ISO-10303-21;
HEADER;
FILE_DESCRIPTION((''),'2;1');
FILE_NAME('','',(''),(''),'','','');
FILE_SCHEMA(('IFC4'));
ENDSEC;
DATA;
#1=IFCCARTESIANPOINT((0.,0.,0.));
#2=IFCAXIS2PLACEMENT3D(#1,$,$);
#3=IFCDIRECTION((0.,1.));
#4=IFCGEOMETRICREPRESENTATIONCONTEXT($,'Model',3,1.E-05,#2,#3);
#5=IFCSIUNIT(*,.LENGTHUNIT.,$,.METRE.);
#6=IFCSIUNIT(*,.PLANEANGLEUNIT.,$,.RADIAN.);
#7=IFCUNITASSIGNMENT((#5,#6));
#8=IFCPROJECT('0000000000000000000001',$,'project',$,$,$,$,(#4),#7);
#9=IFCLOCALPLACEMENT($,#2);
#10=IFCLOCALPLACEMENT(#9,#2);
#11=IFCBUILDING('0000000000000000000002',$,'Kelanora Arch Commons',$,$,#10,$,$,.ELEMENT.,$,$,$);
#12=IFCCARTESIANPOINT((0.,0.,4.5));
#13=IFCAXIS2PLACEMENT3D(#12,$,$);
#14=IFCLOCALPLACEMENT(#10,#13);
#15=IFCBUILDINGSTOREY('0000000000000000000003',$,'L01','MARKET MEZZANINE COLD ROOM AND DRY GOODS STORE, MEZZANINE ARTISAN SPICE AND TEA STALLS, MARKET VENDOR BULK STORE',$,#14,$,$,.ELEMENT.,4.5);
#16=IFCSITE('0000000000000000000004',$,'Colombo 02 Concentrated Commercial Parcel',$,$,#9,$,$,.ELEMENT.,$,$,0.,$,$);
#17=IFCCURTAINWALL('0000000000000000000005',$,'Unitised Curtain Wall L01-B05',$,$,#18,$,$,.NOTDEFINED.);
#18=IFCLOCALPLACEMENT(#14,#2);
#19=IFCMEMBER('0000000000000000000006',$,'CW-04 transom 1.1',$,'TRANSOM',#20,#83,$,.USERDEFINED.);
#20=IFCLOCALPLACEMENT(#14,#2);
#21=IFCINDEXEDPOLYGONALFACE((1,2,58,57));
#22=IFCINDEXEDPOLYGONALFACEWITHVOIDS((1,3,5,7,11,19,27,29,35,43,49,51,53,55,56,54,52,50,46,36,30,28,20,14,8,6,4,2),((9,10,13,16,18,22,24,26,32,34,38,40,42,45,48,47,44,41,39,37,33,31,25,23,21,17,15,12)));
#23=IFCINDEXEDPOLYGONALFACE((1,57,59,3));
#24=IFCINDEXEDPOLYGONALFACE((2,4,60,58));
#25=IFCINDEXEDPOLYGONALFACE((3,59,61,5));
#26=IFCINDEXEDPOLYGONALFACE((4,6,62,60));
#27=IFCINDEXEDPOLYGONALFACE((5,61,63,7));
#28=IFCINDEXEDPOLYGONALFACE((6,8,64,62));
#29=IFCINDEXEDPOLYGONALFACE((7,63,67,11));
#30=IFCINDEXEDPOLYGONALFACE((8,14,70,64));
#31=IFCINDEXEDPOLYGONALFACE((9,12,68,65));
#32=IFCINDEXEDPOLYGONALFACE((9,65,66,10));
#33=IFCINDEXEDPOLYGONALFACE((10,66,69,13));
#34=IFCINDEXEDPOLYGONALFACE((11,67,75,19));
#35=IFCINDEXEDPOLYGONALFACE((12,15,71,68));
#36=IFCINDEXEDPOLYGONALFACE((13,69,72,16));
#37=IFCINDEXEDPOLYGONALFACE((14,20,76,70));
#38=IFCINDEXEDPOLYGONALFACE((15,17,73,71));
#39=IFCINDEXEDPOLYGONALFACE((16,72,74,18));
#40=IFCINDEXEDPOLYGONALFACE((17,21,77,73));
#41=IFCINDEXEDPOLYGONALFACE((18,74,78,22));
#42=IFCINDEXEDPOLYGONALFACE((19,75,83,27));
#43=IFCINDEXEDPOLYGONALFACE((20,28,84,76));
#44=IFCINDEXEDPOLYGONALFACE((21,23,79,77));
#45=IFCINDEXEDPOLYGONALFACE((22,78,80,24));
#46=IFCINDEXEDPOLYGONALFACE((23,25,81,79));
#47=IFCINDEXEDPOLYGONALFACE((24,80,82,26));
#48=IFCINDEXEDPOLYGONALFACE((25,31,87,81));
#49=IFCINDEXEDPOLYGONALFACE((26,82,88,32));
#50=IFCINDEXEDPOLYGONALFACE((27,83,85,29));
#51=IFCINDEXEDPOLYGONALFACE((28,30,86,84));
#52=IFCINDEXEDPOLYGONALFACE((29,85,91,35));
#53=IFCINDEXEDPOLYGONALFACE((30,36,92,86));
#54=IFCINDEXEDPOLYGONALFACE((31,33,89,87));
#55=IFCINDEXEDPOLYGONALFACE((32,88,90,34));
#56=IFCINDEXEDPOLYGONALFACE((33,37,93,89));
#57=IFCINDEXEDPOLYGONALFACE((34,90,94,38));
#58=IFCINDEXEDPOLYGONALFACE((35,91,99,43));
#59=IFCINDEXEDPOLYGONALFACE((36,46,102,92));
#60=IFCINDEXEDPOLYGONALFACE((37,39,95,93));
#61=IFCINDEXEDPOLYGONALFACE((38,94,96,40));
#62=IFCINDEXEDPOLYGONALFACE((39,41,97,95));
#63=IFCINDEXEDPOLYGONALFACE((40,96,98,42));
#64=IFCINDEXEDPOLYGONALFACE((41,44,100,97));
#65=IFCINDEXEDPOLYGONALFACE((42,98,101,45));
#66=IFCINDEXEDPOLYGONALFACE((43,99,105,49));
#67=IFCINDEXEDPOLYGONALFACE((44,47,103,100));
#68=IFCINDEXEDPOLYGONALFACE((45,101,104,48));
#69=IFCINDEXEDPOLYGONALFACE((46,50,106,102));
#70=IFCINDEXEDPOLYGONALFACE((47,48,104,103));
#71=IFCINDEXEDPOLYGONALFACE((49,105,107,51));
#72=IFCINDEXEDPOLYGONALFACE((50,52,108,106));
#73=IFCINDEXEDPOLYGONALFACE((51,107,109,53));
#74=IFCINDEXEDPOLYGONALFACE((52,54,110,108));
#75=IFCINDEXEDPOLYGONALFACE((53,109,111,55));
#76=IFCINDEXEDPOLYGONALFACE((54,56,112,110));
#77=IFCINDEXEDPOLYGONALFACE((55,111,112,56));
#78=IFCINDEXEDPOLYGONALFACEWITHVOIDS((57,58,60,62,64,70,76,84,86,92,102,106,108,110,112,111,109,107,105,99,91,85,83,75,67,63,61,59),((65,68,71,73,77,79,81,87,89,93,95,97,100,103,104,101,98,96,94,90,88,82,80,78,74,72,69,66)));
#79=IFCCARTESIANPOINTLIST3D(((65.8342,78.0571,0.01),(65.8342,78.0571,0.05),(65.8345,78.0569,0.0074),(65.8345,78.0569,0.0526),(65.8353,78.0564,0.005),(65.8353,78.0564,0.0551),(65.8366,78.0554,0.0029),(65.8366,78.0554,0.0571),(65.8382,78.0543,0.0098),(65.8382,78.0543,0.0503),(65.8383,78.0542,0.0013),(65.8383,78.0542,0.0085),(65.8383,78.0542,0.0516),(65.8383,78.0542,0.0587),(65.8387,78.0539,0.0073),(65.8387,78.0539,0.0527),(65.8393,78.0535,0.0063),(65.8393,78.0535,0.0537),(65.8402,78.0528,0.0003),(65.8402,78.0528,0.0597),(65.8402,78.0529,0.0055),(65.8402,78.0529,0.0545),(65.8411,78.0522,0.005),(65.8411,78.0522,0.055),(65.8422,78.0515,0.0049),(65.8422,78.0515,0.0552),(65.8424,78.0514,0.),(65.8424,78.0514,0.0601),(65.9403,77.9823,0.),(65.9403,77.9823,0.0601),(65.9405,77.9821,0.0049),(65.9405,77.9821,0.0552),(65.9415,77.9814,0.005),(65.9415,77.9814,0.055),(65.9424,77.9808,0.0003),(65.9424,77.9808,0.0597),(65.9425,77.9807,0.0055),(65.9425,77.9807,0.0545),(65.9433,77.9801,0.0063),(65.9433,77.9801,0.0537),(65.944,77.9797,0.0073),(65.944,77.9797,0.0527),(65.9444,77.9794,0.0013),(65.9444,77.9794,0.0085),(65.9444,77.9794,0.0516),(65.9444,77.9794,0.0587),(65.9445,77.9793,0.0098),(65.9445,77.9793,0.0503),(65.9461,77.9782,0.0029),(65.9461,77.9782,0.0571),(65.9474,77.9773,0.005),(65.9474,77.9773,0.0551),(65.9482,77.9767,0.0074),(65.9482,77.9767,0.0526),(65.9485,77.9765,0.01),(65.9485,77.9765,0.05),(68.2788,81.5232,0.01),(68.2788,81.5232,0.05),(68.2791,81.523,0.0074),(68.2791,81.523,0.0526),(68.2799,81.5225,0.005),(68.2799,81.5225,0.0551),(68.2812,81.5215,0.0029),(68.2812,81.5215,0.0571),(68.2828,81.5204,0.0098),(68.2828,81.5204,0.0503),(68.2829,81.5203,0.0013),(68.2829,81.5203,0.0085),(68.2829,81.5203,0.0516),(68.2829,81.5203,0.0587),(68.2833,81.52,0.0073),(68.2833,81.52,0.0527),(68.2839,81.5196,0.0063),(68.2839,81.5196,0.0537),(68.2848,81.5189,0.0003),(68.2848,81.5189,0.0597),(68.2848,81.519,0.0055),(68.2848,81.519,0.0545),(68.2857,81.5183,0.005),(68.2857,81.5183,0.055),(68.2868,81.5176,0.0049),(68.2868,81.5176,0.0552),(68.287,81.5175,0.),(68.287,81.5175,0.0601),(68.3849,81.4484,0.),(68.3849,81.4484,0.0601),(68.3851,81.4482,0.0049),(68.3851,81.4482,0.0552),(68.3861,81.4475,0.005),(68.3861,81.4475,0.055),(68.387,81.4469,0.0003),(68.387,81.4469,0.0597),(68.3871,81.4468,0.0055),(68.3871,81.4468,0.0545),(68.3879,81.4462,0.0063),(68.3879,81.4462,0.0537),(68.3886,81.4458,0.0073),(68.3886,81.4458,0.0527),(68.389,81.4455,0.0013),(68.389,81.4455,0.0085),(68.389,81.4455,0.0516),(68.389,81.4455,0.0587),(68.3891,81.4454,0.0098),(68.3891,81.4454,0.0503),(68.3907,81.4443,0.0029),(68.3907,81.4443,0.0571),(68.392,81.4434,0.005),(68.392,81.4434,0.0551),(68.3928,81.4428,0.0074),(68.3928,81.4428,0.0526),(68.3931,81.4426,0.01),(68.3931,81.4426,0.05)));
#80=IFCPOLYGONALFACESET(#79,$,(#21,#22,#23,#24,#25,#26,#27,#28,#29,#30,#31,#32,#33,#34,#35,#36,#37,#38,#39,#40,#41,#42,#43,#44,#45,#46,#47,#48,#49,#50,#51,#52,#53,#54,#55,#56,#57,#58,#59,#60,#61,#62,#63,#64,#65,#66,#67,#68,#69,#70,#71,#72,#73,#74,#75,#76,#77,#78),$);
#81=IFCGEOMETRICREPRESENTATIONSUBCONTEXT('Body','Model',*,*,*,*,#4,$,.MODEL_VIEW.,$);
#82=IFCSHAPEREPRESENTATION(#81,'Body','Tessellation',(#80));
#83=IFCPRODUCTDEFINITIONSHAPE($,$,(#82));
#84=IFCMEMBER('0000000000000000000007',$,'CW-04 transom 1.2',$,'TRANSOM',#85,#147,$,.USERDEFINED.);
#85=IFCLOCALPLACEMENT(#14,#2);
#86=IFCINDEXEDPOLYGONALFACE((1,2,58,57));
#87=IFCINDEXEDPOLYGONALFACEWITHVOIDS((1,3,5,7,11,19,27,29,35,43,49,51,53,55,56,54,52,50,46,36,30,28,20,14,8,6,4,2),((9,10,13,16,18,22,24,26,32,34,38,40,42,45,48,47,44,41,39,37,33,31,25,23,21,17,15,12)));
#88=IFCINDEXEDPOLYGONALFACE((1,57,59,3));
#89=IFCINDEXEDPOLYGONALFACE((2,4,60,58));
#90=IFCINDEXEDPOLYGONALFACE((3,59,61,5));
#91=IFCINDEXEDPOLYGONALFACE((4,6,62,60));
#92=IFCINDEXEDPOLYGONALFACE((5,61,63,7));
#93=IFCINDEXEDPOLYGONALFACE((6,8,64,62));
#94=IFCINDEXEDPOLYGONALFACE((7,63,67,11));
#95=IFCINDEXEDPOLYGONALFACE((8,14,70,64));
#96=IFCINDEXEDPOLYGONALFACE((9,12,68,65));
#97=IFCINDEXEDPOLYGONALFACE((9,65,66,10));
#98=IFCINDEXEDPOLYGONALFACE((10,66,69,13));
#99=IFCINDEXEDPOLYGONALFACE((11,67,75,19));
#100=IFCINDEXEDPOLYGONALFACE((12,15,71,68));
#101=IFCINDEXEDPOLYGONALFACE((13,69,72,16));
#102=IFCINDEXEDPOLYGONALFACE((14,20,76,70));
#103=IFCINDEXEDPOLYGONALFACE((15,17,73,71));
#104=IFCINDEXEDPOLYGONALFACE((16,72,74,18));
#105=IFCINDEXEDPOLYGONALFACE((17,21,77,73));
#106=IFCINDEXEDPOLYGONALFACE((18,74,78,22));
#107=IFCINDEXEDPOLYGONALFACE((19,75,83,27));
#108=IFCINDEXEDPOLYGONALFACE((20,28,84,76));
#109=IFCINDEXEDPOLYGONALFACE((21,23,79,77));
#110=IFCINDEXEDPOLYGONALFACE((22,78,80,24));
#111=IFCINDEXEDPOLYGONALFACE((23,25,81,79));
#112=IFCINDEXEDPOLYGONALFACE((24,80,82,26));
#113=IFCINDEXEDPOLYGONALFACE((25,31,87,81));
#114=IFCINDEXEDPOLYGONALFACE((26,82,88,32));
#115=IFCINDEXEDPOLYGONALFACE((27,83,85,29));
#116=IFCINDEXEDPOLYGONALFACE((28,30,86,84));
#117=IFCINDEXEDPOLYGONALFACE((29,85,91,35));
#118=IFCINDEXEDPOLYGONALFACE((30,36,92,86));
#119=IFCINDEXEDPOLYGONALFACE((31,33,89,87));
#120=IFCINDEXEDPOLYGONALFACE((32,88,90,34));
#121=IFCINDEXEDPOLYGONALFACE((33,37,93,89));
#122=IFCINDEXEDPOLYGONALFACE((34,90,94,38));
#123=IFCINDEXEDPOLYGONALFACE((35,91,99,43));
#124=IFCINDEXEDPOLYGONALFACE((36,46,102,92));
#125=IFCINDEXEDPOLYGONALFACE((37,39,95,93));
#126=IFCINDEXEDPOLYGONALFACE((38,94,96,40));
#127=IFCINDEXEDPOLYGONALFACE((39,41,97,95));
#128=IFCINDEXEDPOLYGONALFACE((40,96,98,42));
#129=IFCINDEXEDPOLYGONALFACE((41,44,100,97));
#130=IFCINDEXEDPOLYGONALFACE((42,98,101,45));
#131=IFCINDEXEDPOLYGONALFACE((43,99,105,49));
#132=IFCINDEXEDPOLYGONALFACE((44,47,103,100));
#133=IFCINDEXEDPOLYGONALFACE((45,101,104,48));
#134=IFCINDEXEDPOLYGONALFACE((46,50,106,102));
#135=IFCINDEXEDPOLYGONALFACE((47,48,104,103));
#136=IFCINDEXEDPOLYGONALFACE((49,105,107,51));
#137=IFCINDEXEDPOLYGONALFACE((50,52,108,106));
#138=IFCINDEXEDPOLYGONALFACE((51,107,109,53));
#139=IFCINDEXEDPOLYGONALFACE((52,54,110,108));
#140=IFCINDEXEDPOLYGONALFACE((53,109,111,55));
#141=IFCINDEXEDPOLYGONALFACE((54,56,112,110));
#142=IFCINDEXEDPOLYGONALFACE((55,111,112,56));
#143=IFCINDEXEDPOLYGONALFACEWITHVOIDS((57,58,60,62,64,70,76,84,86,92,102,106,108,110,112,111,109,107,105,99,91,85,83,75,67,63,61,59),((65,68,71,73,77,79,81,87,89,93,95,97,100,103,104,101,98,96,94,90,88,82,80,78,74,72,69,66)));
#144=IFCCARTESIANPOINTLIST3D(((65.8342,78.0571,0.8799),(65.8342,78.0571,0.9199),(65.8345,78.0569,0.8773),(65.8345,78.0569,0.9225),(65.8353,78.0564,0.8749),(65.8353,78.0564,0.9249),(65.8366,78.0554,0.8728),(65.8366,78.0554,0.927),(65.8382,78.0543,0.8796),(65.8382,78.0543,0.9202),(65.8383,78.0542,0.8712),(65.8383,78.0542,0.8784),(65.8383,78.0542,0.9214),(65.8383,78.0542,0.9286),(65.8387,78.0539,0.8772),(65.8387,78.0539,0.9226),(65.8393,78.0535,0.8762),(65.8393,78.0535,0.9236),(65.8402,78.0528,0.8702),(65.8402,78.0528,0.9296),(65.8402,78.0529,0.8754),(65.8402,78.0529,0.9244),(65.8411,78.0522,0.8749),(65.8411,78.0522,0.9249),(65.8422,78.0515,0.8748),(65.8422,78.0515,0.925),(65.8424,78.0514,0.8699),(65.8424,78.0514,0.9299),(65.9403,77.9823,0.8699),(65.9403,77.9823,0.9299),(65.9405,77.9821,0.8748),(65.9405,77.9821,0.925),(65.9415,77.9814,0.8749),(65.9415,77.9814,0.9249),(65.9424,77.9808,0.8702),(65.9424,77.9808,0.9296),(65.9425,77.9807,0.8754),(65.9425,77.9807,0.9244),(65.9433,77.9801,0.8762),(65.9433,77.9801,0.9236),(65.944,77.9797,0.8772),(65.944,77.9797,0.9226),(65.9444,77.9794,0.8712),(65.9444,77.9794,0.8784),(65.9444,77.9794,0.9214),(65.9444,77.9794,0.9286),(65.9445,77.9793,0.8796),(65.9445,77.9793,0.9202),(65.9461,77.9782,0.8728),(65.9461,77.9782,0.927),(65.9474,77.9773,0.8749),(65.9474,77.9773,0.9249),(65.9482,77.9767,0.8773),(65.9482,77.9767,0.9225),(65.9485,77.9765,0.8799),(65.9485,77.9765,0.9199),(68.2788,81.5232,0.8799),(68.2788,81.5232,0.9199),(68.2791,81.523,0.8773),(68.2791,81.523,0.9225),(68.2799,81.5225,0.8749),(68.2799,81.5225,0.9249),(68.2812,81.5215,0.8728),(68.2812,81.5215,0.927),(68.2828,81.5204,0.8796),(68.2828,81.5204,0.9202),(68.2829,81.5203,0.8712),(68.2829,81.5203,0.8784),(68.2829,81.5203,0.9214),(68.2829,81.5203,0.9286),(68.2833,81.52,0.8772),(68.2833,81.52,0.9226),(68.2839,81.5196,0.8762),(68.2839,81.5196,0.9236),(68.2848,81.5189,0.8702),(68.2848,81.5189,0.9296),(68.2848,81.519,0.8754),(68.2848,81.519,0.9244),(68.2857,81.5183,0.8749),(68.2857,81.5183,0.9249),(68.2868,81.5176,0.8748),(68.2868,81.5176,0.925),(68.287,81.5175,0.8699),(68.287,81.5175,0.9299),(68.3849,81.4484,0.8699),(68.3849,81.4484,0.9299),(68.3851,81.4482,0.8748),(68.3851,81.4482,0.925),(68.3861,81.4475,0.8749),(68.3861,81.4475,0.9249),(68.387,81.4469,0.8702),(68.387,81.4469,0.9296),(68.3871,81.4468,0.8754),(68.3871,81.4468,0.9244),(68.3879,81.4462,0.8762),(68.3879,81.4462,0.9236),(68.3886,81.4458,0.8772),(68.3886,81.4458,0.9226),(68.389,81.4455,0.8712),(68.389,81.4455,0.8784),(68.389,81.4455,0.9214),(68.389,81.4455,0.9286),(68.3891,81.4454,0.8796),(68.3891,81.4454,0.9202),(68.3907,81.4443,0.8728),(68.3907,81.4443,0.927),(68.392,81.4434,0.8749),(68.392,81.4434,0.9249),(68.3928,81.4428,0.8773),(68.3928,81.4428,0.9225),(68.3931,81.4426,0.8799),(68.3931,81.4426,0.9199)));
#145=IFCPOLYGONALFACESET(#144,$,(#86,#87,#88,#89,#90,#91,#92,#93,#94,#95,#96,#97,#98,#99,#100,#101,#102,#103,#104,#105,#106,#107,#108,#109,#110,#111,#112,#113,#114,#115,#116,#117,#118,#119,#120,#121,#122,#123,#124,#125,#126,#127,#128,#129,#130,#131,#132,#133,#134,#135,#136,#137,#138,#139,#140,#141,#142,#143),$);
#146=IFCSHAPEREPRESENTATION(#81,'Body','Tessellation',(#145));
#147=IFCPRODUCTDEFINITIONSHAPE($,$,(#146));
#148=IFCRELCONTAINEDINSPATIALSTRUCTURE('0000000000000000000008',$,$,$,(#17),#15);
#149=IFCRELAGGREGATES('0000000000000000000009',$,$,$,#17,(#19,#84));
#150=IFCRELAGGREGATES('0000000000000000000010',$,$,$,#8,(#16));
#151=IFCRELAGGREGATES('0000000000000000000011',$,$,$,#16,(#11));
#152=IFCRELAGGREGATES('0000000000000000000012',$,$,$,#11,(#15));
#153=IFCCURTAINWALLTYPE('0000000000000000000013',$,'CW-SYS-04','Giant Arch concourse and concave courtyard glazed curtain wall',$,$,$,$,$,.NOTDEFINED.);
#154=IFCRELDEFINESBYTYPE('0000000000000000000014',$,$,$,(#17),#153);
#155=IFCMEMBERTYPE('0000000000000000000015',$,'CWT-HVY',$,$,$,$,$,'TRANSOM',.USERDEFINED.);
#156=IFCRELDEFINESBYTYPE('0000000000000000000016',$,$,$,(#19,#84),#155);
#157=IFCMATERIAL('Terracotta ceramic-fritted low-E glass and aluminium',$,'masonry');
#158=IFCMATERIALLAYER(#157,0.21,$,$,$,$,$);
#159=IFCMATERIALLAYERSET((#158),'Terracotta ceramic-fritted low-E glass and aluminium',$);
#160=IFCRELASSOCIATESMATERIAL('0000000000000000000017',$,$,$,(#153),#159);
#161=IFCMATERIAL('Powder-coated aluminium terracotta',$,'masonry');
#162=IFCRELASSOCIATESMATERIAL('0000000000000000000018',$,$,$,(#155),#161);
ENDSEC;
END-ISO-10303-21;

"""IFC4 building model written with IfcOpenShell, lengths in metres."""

from ifc_helpers import new_model, si_unit, direction, frame, origin, origin_2d, place, context, subcontext, project, spatial, hollow_rectangle, extrude, material, layer, layer_set, material_profile, profile_set, type_object, element, aggregate, save


model = new_model("IFC4")

# Units and contexts
model_context = context("Model", 3, precision=1e-05, world=origin(), true_north=direction((0.0, 1.0)))
body_context = subcontext(model_context, "Body", "Model", "MODEL_VIEW")
ifc_project = project(units=[si_unit("LENGTHUNIT", "METRE"), si_unit("PLANEANGLEUNIT", "RADIAN")], contexts=[model_context])

# Site, building, storey
site_placement = place(None, origin())
site = spatial("IfcSite", under=ifc_project, at=site_placement, Name="Colombo 02 Concentrated Commercial Parcel", CompositionType="ELEMENT", RefElevation=0.0)
building_placement = place(site_placement, origin())
building = spatial("IfcBuilding", under=site, at=building_placement, Name="Kelanora Arch Commons", CompositionType="ELEMENT")
storey_placement = place(building_placement, frame((0.0, 0.0, 4.5)))
storey = spatial("IfcBuildingStorey", under=building, at=storey_placement, Name="L01", Description="MARKET MEZZANINE COLD ROOM AND DRY GOODS STORE, MEZZANINE ARTISAN SPICE AND TEA STALLS, MARKET VENDOR BULK STORE", CompositionType="ELEMENT", Elevation=4.5)

# Shared definitions
ifc_material_1 = material(Name="Terracotta ceramic-fritted low-E glass and aluminium", Category="masonry")
ifc_layer_1 = layer(ifc_material_1, 0.21)
ifc_layer_set_1 = layer_set([ifc_layer_1], Name="Terracotta ceramic-fritted low-E glass and aluminium")
curtain_wall_type = type_object("IfcCurtainWallType", Name="CW-SYS-04", Description="Giant Arch concourse and concave courtyard glazed curtain wall", PredefinedType="NOTDEFINED", material=ifc_layer_set_1)
ifc_material_2 = material(Name="Powder-coated aluminium terracotta", Category="masonry")

# Curtain wall, members
curtain_wall_1_placement = place(storey_placement, origin())
curtain_wall_1 = element("IfcCurtainWall", 1, at=curtain_wall_1_placement, inside=storey, type_object=curtain_wall_type, Name="Unitised Curtain Wall L01-B05", PredefinedType="NOTDEFINED")
ifc_material_profile_1 = material_profile(ifc_material_2, hollow_rectangle(XDim=0.1399, YDim=0.0601, WallThickness=0.0049, InnerFilletRadius=0.0049, OuterFilletRadius=0.01, at=origin_2d()), Name="CWT140x60")
ifc_profile_set_1 = profile_set([ifc_material_profile_1], Name="Powder-coated aluminium terracotta")
member_type_1 = type_object("IfcMemberType", Name="CWT-HVY", ElementType="TRANSOM", PredefinedType="USERDEFINED", material=ifc_profile_set_1)
member_1_placement = place(storey_placement, frame((68.3359, 81.4829, 0.03), z_axis=(-0.57636, -0.817196, 0.0), x_axis=(0.817196, -0.57636, 0.0)))
member_1 = element("IfcMember", 2, at=member_1_placement, type_object=member_type_1, Name="CW-04 transom 1.1", ObjectType="TRANSOM", PredefinedType="USERDEFINED", context=body_context, shape_type="SweptSolid", body=[
    extrude(hollow_rectangle(XDim=0.1399, YDim=0.0601, WallThickness=0.0049, InnerFilletRadius=0.0049, OuterFilletRadius=0.01, at=origin_2d()), origin(), (0.0, 0.0, 1.0), 4.2415),
])
member_2_placement = place(storey_placement, frame((68.3359, 81.4829, 0.8999), z_axis=(-0.57636, -0.817196, 0.0), x_axis=(0.817196, -0.57636, 0.0)))
member_2 = element("IfcMember", 3, at=member_2_placement, type_object=member_type_1, Name="CW-04 transom 1.2", ObjectType="TRANSOM", PredefinedType="USERDEFINED", context=body_context, shape_type="SweptSolid", body=[
    extrude(hollow_rectangle(XDim=0.1399, YDim=0.0601, WallThickness=0.0049, InnerFilletRadius=0.0049, OuterFilletRadius=0.01, at=origin_2d()), origin(), (0.0, 0.0, 1.0), 4.2415),
])
aggregate(curtain_wall_1, [member_1, member_2])

save(model, "model.ifc")
